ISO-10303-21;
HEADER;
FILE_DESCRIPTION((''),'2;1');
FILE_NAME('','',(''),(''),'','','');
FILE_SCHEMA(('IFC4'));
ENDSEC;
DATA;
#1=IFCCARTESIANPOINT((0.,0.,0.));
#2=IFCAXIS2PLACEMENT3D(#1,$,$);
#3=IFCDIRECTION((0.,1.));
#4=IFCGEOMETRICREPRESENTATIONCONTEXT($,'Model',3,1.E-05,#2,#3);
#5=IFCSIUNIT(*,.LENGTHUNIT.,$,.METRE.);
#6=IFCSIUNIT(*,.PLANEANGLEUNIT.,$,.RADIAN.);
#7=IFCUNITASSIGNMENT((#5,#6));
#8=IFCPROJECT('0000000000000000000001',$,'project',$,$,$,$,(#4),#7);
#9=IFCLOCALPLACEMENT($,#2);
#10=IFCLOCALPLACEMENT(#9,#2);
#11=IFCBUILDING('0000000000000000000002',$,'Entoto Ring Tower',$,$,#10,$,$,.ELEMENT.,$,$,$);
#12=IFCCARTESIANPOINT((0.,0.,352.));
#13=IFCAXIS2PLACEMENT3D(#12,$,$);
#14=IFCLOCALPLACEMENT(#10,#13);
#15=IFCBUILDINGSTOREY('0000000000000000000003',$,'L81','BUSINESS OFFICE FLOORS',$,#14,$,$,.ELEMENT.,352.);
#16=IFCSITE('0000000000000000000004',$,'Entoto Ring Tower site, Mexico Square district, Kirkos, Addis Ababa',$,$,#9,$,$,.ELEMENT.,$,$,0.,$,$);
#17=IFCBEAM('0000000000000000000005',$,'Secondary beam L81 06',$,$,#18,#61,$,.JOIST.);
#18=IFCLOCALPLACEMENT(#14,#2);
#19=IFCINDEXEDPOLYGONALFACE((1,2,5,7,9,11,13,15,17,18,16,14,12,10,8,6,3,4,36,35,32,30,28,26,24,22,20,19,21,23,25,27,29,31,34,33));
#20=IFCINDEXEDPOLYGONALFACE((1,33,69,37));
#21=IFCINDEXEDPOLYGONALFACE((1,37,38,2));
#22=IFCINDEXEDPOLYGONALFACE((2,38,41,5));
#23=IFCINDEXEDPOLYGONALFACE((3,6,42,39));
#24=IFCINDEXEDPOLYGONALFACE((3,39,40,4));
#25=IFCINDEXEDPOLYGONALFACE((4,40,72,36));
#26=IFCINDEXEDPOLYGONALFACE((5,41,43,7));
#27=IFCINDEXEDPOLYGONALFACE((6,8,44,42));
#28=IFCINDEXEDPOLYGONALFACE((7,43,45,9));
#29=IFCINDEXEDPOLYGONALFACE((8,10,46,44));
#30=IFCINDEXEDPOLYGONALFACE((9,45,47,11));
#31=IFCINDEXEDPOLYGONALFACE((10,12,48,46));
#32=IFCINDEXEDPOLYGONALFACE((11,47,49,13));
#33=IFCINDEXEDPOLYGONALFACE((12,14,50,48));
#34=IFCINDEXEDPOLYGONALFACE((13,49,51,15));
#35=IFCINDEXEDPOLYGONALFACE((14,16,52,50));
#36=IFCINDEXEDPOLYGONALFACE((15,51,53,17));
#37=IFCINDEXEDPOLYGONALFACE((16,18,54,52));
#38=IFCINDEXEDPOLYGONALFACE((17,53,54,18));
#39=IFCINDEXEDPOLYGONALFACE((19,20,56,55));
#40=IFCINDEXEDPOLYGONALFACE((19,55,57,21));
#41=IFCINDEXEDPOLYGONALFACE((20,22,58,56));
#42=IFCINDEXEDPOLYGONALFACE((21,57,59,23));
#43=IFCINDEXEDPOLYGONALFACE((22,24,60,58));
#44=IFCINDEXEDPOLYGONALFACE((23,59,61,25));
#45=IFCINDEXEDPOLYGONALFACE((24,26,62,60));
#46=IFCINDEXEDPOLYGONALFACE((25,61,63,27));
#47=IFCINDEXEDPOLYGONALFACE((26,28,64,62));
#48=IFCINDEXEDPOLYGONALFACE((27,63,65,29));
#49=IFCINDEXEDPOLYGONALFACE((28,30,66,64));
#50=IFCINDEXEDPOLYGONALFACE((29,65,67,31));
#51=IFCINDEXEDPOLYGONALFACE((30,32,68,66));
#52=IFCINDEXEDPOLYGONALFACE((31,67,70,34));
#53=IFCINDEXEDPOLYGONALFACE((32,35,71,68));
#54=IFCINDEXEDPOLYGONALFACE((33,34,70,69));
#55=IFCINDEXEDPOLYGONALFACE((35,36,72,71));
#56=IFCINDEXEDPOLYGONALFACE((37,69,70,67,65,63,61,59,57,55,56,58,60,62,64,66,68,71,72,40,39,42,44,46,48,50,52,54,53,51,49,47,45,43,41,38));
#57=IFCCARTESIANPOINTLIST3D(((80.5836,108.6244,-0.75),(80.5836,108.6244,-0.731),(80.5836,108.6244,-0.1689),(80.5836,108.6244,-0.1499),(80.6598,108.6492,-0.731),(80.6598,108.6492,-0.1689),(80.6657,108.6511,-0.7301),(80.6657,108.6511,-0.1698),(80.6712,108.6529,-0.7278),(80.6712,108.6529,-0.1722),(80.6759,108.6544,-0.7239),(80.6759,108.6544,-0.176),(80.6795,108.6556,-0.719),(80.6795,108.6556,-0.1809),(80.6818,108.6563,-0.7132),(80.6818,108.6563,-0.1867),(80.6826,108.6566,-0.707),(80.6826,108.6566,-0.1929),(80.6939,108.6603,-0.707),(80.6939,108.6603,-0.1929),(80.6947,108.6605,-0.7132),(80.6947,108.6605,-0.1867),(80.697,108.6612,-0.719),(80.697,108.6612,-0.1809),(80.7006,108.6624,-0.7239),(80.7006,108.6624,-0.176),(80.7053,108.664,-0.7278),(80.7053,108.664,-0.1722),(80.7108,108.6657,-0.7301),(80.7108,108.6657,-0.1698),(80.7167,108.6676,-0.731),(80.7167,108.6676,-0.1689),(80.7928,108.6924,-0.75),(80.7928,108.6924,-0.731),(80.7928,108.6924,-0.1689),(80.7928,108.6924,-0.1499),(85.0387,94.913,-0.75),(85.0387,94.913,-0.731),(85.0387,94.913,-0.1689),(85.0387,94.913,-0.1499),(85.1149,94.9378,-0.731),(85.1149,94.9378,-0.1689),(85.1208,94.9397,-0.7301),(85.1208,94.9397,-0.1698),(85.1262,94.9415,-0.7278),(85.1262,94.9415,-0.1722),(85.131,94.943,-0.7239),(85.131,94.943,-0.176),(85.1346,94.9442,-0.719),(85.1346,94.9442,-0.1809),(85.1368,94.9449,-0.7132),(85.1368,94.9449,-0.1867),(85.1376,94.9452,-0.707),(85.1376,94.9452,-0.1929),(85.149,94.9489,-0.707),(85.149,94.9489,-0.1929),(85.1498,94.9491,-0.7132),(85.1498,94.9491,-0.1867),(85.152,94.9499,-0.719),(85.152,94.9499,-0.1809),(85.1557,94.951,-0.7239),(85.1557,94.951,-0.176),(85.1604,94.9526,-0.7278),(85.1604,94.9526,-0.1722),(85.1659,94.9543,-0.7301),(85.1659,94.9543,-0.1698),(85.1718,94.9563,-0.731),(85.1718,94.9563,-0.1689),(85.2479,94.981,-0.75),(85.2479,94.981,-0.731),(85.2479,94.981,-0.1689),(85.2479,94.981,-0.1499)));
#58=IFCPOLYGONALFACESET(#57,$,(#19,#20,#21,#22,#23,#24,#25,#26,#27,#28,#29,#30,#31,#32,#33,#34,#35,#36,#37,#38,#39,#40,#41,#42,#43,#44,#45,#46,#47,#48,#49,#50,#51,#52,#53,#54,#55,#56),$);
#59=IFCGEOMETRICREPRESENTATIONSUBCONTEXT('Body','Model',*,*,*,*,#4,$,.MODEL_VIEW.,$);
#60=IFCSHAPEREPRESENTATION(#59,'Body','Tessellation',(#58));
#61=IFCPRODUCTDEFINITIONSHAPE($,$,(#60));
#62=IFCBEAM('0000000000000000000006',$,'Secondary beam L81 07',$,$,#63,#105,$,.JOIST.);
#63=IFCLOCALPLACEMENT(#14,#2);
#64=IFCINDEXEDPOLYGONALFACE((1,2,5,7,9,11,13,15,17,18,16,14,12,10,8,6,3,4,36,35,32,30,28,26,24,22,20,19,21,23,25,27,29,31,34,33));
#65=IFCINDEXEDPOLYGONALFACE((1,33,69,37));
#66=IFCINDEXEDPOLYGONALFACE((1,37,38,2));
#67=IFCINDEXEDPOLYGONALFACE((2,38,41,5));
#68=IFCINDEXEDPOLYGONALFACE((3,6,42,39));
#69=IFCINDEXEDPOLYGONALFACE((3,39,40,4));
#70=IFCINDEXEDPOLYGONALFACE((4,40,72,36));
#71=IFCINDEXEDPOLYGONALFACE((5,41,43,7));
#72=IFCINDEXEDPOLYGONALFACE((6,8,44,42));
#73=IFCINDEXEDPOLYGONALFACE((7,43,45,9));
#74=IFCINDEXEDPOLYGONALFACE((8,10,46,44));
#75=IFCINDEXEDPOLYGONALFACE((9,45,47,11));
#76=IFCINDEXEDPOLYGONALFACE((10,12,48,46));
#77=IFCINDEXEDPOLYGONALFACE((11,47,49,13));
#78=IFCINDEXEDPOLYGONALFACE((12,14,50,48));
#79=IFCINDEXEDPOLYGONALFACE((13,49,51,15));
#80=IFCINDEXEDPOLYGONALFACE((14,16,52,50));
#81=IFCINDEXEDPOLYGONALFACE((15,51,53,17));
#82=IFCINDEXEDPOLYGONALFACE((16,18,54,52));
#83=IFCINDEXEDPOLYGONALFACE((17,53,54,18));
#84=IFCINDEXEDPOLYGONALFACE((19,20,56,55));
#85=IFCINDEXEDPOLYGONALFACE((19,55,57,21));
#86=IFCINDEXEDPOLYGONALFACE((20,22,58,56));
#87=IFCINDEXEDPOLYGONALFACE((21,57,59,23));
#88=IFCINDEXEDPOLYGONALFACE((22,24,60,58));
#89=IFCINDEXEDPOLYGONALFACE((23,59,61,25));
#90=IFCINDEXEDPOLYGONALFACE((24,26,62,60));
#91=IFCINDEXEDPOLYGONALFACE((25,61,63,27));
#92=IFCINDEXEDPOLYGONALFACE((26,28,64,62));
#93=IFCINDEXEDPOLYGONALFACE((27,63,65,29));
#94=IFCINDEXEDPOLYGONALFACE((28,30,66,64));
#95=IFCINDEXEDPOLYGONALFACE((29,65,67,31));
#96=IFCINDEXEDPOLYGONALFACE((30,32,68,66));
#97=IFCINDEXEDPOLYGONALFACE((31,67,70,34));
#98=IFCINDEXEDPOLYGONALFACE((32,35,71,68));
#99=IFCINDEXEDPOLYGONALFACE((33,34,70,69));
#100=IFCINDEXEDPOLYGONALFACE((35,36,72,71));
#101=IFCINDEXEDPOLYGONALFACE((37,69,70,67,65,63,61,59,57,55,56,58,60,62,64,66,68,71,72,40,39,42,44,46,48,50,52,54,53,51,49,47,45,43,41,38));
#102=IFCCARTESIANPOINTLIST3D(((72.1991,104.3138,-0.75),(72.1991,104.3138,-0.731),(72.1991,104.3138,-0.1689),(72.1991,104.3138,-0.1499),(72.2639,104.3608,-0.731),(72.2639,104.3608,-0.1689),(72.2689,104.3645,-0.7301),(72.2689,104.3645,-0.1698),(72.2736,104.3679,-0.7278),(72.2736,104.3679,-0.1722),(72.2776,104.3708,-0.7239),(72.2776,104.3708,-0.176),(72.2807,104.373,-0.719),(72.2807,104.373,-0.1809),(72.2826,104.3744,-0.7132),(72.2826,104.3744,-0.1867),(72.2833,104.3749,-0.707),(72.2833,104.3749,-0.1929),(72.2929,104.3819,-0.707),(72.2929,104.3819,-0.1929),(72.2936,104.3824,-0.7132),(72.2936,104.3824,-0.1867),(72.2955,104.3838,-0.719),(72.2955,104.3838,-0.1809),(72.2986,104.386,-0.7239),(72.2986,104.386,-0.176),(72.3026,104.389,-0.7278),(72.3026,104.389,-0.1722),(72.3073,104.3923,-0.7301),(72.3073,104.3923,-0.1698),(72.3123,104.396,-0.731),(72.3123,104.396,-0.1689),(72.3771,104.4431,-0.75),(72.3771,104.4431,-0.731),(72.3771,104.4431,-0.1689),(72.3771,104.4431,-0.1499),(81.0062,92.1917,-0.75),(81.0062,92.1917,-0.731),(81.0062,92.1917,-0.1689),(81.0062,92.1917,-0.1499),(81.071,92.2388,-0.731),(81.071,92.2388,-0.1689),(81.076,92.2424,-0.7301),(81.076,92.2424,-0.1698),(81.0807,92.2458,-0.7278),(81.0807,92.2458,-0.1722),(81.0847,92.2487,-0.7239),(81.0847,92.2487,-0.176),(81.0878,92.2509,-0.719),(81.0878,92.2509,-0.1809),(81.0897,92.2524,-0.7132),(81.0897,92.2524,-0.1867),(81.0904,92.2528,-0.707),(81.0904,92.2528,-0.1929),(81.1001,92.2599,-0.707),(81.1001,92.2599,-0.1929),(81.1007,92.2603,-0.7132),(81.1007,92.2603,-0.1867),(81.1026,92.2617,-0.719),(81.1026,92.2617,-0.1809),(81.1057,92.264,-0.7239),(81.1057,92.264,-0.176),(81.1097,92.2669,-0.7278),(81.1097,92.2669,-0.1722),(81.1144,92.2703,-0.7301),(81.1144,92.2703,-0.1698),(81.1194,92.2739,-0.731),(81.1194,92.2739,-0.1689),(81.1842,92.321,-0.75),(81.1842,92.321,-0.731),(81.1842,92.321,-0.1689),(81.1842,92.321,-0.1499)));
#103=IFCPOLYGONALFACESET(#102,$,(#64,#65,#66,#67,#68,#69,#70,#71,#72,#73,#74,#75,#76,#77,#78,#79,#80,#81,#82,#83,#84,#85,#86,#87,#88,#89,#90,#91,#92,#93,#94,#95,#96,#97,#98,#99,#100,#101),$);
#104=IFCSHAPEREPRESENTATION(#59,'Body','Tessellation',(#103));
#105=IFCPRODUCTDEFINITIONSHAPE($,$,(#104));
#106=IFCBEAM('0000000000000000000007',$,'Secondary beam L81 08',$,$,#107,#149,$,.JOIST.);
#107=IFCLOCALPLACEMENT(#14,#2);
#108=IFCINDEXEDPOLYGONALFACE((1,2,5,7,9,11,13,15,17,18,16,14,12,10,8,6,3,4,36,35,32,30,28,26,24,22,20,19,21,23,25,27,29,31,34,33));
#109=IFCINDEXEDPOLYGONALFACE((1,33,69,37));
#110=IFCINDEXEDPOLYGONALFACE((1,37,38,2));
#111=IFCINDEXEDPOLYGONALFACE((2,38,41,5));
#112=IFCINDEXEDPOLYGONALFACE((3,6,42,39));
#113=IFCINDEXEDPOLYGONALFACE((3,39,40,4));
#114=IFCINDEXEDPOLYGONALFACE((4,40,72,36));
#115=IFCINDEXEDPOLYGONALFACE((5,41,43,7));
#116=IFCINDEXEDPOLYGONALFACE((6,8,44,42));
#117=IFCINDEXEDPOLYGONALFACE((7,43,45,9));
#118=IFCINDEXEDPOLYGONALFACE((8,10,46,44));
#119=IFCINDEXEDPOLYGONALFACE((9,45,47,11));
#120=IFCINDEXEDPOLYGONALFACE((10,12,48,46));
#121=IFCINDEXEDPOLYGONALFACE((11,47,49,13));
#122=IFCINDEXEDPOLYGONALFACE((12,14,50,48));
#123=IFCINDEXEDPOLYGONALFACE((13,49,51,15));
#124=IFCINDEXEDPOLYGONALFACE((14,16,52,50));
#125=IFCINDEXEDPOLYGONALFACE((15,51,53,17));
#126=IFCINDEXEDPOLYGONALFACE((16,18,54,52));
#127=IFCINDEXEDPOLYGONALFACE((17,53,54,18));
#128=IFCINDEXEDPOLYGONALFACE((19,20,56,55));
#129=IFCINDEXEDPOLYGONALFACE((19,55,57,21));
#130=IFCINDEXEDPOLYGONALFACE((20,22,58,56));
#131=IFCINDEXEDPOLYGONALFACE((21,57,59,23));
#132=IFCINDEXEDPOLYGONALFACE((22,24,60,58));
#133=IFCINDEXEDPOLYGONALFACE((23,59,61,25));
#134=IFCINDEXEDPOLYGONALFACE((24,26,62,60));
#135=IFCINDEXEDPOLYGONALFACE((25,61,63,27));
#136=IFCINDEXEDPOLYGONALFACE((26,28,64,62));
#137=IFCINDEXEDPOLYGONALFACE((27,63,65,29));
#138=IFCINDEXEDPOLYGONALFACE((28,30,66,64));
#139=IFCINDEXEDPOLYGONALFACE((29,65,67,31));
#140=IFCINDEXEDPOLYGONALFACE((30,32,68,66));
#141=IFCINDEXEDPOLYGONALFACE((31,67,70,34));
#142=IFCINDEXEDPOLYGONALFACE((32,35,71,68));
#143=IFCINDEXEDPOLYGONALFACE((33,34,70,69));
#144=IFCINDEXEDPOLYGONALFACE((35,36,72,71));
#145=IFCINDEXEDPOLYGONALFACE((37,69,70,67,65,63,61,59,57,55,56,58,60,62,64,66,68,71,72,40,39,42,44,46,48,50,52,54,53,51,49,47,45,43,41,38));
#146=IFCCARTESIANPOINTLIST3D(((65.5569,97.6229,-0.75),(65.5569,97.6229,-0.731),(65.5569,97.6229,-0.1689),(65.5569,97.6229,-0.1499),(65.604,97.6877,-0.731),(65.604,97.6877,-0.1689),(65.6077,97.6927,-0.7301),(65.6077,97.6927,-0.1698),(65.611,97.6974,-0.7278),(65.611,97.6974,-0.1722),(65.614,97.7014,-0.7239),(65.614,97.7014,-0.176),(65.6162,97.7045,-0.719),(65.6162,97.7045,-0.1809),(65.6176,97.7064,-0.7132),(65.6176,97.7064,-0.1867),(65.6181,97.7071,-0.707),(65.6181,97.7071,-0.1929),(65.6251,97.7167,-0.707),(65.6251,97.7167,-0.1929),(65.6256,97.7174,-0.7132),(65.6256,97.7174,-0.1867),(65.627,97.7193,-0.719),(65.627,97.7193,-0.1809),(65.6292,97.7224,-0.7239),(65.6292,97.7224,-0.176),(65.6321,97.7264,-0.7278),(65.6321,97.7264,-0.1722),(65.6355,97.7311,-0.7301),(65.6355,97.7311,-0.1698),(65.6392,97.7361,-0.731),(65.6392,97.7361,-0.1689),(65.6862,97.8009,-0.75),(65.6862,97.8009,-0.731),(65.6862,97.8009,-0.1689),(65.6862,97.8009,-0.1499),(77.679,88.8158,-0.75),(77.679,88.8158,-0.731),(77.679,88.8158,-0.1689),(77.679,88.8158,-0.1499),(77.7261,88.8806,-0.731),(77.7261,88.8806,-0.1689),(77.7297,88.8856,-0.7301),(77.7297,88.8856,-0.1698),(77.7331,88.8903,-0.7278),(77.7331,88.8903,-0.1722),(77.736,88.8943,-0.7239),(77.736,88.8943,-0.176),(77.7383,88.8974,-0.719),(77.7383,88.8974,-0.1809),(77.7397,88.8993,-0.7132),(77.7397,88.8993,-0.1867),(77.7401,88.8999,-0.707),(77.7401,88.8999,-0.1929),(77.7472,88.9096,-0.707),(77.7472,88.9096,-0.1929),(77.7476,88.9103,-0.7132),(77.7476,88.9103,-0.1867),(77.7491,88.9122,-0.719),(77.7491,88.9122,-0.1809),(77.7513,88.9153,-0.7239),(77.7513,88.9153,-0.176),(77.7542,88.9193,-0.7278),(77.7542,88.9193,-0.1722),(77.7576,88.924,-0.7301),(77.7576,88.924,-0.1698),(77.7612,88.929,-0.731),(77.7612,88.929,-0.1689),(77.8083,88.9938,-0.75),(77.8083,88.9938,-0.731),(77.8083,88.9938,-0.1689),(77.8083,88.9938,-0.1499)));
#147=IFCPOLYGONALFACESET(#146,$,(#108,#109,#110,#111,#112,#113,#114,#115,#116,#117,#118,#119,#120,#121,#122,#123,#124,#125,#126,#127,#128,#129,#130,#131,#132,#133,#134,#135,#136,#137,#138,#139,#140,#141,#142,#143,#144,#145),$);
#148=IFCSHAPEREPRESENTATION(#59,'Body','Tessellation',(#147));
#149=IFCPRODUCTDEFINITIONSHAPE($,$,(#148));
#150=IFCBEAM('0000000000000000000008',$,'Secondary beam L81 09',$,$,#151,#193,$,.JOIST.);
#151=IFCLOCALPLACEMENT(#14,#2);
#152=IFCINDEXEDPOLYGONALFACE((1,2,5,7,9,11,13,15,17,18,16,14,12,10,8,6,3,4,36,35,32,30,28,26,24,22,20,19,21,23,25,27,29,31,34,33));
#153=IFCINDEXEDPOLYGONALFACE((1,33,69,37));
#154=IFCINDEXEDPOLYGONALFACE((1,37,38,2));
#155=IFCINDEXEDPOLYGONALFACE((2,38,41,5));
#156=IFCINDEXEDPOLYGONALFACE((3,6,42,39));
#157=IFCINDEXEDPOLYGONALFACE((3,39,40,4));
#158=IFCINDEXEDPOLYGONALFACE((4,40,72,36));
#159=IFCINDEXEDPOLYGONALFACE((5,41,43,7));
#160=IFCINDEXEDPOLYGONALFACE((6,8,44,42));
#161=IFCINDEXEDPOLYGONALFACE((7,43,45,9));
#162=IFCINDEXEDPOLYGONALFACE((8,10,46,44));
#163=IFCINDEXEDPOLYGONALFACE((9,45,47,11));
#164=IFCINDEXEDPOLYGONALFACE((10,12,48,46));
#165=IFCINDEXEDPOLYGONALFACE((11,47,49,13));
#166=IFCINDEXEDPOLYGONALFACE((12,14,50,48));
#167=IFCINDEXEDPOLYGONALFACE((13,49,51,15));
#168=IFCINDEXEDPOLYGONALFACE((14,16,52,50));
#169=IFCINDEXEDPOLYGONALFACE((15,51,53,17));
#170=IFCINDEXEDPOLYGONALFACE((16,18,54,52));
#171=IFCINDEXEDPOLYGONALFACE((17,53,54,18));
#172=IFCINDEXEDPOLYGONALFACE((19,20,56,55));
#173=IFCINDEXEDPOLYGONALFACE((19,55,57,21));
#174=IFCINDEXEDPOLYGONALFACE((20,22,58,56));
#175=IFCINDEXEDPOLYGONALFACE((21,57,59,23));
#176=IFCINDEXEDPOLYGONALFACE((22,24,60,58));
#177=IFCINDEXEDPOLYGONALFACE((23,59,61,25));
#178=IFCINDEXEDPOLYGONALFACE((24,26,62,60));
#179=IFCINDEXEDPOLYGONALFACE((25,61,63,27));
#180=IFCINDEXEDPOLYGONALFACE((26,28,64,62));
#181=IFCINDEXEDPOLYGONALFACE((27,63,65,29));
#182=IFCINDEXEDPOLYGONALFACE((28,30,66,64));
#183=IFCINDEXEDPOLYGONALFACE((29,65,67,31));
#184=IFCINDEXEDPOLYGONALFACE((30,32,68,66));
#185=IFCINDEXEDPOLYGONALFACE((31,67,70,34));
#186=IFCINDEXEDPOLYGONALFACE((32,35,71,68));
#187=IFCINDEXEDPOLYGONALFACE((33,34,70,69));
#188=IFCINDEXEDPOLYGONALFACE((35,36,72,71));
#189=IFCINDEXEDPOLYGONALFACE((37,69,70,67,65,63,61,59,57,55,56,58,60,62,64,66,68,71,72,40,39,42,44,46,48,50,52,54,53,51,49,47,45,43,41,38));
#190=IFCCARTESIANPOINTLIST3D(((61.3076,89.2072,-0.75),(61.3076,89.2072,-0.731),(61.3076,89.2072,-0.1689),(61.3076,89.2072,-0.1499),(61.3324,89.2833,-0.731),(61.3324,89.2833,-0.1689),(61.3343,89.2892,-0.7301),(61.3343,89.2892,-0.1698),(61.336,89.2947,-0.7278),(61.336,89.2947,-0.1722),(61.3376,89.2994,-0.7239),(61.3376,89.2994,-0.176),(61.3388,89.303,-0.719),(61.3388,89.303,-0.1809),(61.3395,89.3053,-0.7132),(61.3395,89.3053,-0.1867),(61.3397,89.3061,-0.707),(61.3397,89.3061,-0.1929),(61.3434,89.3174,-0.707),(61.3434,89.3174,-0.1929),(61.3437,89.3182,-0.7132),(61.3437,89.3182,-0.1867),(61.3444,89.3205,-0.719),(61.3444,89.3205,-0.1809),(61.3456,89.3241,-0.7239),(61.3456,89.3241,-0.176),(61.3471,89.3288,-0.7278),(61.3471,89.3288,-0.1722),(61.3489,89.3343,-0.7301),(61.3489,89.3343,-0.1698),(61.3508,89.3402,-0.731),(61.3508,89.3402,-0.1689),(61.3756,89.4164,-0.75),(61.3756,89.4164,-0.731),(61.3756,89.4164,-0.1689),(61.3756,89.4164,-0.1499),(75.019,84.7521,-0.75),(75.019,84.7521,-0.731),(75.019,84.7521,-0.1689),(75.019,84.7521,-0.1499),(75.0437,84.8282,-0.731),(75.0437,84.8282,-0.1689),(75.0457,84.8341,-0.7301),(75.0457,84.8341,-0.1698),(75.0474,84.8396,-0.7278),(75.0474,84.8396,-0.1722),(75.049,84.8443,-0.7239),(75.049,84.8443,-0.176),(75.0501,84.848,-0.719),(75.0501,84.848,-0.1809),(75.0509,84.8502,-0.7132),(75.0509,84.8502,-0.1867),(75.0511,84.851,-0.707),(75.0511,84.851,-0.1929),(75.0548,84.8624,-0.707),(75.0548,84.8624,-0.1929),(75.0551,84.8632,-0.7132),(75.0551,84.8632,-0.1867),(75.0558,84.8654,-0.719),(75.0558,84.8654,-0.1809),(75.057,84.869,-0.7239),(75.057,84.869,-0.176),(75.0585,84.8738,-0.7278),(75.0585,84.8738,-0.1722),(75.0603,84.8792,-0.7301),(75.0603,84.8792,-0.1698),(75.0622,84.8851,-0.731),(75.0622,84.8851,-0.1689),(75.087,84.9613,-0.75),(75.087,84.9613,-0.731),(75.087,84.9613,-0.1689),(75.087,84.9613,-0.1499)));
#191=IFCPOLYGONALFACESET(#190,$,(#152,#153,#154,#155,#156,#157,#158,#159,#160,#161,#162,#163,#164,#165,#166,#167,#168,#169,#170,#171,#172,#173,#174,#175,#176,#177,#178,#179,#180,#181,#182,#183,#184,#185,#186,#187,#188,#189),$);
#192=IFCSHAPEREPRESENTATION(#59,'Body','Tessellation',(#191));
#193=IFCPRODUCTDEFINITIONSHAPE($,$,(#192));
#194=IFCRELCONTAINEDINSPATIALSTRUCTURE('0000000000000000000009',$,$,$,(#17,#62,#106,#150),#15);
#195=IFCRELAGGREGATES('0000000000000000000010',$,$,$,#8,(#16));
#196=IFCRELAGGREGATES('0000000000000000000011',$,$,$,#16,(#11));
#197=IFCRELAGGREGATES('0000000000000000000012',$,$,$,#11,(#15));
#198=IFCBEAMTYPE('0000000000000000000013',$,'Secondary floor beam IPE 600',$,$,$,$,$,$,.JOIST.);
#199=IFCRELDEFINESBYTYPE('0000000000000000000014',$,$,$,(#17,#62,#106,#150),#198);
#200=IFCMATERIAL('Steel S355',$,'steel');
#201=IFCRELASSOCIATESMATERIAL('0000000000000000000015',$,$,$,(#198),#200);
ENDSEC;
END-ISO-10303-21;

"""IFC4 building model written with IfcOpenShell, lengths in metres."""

from ifc_helpers import new_model, si_unit, direction, frame, origin, origin_2d, place, context, subcontext, project, spatial, i_section, extrude, material, material_profile, profile_set, type_object, element, save


model = new_model("IFC4")

# Units and contexts
model_context = context("Model", 3, precision=1e-05, world=origin(), true_north=direction((0.0, 1.0)))
body_context = subcontext(model_context, "Body", "Model", "MODEL_VIEW")
ifc_project = project(units=[si_unit("LENGTHUNIT", "METRE"), si_unit("PLANEANGLEUNIT", "RADIAN")], contexts=[model_context])

# Site, building, storey
site_placement = place(None, origin())
site = spatial("IfcSite", under=ifc_project, at=site_placement, Name="Entoto Ring Tower site, Mexico Square district, Kirkos, Addis Ababa", CompositionType="ELEMENT", RefElevation=0.0)
building_placement = place(site_placement, origin())
building = spatial("IfcBuilding", under=site, at=building_placement, Name="Entoto Ring Tower", CompositionType="ELEMENT")
storey_placement = place(building_placement, frame((0.0, 0.0, 352.0)))
storey = spatial("IfcBuildingStorey", under=building, at=storey_placement, Name="L81", Description="BUSINESS OFFICE FLOORS", CompositionType="ELEMENT", Elevation=352.0)

# Beams
ifc_material_1 = material(Name="Steel S355", Category="steel")
ifc_material_profile_1 = material_profile(ifc_material_1, i_section(OverallWidth=0.22, OverallDepth=0.6001, WebThickness=0.012, FlangeThickness=0.019, FilletRadius=0.0239, at=origin_2d()), Name="IPE 600")
ifc_profile_set_1 = profile_set([ifc_material_profile_1], Name="Steel S355")
beam_type_1 = type_object("IfcBeamType", Name="Secondary floor beam IPE 600", PredefinedType="JOIST", material=ifc_profile_set_1)
beam_1_placement = place(storey_placement, frame((85.1433, 94.947, -0.45), z_axis=(-0.309015, 0.951057, 0.0), x_axis=(-0.951057, -0.309015, 0.0)))
element("IfcBeam", 1, at=beam_1_placement, inside=storey, type_object=beam_type_1, Name="Secondary beam L81 06", PredefinedType="JOIST", context=body_context, shape_type="SweptSolid", body=[
    extrude(i_section(OverallWidth=0.22, OverallDepth=0.6001, WebThickness=0.012, FlangeThickness=0.019, FilletRadius=0.0239, at=origin_2d()), origin(), (0.0, 0.0, 1.0), 14.417),
])
for number, where, z_axis, x_axis, name in (
    (2, (81.0952, 92.2563, -0.45), (-0.587782, 0.809019, 0.0), (-0.809019, -0.587782, 0.0), "Secondary beam L81 07"),
    (3, (77.7437, 88.9048, -0.45), (-0.809019, 0.587782, 0.0), (-0.587782, -0.809019, 0.0), "Secondary beam L81 08"),
):
    element("IfcBeam", number, at=place(storey_placement, frame(where, z_axis=z_axis, x_axis=x_axis)), inside=storey, type_object=beam_type_1, Name=name, PredefinedType="JOIST", context=body_context, shape_type="SweptSolid", body=[
        extrude(i_section(OverallWidth=0.22, OverallDepth=0.6001, WebThickness=0.012, FlangeThickness=0.019, FilletRadius=0.0239, at=origin_2d()), origin(), (0.0, 0.0, 1.0), 14.9836),
    ])
beam_2_placement = place(storey_placement, frame((75.053, 84.8567, -0.45), z_axis=(-0.951057, 0.309015, 0.0), x_axis=(-0.309015, -0.951057, 0.0)))
element("IfcBeam", 4, at=beam_2_placement, inside=storey, type_object=beam_type_1, Name="Secondary beam L81 09", PredefinedType="JOIST", context=body_context, shape_type="SweptSolid", body=[
    extrude(i_section(OverallWidth=0.22, OverallDepth=0.6001, WebThickness=0.012, FlangeThickness=0.019, FilletRadius=0.0239, at=origin_2d()), origin(), (0.0, 0.0, 1.0), 14.417),
])

save(model, "model.ifc")
